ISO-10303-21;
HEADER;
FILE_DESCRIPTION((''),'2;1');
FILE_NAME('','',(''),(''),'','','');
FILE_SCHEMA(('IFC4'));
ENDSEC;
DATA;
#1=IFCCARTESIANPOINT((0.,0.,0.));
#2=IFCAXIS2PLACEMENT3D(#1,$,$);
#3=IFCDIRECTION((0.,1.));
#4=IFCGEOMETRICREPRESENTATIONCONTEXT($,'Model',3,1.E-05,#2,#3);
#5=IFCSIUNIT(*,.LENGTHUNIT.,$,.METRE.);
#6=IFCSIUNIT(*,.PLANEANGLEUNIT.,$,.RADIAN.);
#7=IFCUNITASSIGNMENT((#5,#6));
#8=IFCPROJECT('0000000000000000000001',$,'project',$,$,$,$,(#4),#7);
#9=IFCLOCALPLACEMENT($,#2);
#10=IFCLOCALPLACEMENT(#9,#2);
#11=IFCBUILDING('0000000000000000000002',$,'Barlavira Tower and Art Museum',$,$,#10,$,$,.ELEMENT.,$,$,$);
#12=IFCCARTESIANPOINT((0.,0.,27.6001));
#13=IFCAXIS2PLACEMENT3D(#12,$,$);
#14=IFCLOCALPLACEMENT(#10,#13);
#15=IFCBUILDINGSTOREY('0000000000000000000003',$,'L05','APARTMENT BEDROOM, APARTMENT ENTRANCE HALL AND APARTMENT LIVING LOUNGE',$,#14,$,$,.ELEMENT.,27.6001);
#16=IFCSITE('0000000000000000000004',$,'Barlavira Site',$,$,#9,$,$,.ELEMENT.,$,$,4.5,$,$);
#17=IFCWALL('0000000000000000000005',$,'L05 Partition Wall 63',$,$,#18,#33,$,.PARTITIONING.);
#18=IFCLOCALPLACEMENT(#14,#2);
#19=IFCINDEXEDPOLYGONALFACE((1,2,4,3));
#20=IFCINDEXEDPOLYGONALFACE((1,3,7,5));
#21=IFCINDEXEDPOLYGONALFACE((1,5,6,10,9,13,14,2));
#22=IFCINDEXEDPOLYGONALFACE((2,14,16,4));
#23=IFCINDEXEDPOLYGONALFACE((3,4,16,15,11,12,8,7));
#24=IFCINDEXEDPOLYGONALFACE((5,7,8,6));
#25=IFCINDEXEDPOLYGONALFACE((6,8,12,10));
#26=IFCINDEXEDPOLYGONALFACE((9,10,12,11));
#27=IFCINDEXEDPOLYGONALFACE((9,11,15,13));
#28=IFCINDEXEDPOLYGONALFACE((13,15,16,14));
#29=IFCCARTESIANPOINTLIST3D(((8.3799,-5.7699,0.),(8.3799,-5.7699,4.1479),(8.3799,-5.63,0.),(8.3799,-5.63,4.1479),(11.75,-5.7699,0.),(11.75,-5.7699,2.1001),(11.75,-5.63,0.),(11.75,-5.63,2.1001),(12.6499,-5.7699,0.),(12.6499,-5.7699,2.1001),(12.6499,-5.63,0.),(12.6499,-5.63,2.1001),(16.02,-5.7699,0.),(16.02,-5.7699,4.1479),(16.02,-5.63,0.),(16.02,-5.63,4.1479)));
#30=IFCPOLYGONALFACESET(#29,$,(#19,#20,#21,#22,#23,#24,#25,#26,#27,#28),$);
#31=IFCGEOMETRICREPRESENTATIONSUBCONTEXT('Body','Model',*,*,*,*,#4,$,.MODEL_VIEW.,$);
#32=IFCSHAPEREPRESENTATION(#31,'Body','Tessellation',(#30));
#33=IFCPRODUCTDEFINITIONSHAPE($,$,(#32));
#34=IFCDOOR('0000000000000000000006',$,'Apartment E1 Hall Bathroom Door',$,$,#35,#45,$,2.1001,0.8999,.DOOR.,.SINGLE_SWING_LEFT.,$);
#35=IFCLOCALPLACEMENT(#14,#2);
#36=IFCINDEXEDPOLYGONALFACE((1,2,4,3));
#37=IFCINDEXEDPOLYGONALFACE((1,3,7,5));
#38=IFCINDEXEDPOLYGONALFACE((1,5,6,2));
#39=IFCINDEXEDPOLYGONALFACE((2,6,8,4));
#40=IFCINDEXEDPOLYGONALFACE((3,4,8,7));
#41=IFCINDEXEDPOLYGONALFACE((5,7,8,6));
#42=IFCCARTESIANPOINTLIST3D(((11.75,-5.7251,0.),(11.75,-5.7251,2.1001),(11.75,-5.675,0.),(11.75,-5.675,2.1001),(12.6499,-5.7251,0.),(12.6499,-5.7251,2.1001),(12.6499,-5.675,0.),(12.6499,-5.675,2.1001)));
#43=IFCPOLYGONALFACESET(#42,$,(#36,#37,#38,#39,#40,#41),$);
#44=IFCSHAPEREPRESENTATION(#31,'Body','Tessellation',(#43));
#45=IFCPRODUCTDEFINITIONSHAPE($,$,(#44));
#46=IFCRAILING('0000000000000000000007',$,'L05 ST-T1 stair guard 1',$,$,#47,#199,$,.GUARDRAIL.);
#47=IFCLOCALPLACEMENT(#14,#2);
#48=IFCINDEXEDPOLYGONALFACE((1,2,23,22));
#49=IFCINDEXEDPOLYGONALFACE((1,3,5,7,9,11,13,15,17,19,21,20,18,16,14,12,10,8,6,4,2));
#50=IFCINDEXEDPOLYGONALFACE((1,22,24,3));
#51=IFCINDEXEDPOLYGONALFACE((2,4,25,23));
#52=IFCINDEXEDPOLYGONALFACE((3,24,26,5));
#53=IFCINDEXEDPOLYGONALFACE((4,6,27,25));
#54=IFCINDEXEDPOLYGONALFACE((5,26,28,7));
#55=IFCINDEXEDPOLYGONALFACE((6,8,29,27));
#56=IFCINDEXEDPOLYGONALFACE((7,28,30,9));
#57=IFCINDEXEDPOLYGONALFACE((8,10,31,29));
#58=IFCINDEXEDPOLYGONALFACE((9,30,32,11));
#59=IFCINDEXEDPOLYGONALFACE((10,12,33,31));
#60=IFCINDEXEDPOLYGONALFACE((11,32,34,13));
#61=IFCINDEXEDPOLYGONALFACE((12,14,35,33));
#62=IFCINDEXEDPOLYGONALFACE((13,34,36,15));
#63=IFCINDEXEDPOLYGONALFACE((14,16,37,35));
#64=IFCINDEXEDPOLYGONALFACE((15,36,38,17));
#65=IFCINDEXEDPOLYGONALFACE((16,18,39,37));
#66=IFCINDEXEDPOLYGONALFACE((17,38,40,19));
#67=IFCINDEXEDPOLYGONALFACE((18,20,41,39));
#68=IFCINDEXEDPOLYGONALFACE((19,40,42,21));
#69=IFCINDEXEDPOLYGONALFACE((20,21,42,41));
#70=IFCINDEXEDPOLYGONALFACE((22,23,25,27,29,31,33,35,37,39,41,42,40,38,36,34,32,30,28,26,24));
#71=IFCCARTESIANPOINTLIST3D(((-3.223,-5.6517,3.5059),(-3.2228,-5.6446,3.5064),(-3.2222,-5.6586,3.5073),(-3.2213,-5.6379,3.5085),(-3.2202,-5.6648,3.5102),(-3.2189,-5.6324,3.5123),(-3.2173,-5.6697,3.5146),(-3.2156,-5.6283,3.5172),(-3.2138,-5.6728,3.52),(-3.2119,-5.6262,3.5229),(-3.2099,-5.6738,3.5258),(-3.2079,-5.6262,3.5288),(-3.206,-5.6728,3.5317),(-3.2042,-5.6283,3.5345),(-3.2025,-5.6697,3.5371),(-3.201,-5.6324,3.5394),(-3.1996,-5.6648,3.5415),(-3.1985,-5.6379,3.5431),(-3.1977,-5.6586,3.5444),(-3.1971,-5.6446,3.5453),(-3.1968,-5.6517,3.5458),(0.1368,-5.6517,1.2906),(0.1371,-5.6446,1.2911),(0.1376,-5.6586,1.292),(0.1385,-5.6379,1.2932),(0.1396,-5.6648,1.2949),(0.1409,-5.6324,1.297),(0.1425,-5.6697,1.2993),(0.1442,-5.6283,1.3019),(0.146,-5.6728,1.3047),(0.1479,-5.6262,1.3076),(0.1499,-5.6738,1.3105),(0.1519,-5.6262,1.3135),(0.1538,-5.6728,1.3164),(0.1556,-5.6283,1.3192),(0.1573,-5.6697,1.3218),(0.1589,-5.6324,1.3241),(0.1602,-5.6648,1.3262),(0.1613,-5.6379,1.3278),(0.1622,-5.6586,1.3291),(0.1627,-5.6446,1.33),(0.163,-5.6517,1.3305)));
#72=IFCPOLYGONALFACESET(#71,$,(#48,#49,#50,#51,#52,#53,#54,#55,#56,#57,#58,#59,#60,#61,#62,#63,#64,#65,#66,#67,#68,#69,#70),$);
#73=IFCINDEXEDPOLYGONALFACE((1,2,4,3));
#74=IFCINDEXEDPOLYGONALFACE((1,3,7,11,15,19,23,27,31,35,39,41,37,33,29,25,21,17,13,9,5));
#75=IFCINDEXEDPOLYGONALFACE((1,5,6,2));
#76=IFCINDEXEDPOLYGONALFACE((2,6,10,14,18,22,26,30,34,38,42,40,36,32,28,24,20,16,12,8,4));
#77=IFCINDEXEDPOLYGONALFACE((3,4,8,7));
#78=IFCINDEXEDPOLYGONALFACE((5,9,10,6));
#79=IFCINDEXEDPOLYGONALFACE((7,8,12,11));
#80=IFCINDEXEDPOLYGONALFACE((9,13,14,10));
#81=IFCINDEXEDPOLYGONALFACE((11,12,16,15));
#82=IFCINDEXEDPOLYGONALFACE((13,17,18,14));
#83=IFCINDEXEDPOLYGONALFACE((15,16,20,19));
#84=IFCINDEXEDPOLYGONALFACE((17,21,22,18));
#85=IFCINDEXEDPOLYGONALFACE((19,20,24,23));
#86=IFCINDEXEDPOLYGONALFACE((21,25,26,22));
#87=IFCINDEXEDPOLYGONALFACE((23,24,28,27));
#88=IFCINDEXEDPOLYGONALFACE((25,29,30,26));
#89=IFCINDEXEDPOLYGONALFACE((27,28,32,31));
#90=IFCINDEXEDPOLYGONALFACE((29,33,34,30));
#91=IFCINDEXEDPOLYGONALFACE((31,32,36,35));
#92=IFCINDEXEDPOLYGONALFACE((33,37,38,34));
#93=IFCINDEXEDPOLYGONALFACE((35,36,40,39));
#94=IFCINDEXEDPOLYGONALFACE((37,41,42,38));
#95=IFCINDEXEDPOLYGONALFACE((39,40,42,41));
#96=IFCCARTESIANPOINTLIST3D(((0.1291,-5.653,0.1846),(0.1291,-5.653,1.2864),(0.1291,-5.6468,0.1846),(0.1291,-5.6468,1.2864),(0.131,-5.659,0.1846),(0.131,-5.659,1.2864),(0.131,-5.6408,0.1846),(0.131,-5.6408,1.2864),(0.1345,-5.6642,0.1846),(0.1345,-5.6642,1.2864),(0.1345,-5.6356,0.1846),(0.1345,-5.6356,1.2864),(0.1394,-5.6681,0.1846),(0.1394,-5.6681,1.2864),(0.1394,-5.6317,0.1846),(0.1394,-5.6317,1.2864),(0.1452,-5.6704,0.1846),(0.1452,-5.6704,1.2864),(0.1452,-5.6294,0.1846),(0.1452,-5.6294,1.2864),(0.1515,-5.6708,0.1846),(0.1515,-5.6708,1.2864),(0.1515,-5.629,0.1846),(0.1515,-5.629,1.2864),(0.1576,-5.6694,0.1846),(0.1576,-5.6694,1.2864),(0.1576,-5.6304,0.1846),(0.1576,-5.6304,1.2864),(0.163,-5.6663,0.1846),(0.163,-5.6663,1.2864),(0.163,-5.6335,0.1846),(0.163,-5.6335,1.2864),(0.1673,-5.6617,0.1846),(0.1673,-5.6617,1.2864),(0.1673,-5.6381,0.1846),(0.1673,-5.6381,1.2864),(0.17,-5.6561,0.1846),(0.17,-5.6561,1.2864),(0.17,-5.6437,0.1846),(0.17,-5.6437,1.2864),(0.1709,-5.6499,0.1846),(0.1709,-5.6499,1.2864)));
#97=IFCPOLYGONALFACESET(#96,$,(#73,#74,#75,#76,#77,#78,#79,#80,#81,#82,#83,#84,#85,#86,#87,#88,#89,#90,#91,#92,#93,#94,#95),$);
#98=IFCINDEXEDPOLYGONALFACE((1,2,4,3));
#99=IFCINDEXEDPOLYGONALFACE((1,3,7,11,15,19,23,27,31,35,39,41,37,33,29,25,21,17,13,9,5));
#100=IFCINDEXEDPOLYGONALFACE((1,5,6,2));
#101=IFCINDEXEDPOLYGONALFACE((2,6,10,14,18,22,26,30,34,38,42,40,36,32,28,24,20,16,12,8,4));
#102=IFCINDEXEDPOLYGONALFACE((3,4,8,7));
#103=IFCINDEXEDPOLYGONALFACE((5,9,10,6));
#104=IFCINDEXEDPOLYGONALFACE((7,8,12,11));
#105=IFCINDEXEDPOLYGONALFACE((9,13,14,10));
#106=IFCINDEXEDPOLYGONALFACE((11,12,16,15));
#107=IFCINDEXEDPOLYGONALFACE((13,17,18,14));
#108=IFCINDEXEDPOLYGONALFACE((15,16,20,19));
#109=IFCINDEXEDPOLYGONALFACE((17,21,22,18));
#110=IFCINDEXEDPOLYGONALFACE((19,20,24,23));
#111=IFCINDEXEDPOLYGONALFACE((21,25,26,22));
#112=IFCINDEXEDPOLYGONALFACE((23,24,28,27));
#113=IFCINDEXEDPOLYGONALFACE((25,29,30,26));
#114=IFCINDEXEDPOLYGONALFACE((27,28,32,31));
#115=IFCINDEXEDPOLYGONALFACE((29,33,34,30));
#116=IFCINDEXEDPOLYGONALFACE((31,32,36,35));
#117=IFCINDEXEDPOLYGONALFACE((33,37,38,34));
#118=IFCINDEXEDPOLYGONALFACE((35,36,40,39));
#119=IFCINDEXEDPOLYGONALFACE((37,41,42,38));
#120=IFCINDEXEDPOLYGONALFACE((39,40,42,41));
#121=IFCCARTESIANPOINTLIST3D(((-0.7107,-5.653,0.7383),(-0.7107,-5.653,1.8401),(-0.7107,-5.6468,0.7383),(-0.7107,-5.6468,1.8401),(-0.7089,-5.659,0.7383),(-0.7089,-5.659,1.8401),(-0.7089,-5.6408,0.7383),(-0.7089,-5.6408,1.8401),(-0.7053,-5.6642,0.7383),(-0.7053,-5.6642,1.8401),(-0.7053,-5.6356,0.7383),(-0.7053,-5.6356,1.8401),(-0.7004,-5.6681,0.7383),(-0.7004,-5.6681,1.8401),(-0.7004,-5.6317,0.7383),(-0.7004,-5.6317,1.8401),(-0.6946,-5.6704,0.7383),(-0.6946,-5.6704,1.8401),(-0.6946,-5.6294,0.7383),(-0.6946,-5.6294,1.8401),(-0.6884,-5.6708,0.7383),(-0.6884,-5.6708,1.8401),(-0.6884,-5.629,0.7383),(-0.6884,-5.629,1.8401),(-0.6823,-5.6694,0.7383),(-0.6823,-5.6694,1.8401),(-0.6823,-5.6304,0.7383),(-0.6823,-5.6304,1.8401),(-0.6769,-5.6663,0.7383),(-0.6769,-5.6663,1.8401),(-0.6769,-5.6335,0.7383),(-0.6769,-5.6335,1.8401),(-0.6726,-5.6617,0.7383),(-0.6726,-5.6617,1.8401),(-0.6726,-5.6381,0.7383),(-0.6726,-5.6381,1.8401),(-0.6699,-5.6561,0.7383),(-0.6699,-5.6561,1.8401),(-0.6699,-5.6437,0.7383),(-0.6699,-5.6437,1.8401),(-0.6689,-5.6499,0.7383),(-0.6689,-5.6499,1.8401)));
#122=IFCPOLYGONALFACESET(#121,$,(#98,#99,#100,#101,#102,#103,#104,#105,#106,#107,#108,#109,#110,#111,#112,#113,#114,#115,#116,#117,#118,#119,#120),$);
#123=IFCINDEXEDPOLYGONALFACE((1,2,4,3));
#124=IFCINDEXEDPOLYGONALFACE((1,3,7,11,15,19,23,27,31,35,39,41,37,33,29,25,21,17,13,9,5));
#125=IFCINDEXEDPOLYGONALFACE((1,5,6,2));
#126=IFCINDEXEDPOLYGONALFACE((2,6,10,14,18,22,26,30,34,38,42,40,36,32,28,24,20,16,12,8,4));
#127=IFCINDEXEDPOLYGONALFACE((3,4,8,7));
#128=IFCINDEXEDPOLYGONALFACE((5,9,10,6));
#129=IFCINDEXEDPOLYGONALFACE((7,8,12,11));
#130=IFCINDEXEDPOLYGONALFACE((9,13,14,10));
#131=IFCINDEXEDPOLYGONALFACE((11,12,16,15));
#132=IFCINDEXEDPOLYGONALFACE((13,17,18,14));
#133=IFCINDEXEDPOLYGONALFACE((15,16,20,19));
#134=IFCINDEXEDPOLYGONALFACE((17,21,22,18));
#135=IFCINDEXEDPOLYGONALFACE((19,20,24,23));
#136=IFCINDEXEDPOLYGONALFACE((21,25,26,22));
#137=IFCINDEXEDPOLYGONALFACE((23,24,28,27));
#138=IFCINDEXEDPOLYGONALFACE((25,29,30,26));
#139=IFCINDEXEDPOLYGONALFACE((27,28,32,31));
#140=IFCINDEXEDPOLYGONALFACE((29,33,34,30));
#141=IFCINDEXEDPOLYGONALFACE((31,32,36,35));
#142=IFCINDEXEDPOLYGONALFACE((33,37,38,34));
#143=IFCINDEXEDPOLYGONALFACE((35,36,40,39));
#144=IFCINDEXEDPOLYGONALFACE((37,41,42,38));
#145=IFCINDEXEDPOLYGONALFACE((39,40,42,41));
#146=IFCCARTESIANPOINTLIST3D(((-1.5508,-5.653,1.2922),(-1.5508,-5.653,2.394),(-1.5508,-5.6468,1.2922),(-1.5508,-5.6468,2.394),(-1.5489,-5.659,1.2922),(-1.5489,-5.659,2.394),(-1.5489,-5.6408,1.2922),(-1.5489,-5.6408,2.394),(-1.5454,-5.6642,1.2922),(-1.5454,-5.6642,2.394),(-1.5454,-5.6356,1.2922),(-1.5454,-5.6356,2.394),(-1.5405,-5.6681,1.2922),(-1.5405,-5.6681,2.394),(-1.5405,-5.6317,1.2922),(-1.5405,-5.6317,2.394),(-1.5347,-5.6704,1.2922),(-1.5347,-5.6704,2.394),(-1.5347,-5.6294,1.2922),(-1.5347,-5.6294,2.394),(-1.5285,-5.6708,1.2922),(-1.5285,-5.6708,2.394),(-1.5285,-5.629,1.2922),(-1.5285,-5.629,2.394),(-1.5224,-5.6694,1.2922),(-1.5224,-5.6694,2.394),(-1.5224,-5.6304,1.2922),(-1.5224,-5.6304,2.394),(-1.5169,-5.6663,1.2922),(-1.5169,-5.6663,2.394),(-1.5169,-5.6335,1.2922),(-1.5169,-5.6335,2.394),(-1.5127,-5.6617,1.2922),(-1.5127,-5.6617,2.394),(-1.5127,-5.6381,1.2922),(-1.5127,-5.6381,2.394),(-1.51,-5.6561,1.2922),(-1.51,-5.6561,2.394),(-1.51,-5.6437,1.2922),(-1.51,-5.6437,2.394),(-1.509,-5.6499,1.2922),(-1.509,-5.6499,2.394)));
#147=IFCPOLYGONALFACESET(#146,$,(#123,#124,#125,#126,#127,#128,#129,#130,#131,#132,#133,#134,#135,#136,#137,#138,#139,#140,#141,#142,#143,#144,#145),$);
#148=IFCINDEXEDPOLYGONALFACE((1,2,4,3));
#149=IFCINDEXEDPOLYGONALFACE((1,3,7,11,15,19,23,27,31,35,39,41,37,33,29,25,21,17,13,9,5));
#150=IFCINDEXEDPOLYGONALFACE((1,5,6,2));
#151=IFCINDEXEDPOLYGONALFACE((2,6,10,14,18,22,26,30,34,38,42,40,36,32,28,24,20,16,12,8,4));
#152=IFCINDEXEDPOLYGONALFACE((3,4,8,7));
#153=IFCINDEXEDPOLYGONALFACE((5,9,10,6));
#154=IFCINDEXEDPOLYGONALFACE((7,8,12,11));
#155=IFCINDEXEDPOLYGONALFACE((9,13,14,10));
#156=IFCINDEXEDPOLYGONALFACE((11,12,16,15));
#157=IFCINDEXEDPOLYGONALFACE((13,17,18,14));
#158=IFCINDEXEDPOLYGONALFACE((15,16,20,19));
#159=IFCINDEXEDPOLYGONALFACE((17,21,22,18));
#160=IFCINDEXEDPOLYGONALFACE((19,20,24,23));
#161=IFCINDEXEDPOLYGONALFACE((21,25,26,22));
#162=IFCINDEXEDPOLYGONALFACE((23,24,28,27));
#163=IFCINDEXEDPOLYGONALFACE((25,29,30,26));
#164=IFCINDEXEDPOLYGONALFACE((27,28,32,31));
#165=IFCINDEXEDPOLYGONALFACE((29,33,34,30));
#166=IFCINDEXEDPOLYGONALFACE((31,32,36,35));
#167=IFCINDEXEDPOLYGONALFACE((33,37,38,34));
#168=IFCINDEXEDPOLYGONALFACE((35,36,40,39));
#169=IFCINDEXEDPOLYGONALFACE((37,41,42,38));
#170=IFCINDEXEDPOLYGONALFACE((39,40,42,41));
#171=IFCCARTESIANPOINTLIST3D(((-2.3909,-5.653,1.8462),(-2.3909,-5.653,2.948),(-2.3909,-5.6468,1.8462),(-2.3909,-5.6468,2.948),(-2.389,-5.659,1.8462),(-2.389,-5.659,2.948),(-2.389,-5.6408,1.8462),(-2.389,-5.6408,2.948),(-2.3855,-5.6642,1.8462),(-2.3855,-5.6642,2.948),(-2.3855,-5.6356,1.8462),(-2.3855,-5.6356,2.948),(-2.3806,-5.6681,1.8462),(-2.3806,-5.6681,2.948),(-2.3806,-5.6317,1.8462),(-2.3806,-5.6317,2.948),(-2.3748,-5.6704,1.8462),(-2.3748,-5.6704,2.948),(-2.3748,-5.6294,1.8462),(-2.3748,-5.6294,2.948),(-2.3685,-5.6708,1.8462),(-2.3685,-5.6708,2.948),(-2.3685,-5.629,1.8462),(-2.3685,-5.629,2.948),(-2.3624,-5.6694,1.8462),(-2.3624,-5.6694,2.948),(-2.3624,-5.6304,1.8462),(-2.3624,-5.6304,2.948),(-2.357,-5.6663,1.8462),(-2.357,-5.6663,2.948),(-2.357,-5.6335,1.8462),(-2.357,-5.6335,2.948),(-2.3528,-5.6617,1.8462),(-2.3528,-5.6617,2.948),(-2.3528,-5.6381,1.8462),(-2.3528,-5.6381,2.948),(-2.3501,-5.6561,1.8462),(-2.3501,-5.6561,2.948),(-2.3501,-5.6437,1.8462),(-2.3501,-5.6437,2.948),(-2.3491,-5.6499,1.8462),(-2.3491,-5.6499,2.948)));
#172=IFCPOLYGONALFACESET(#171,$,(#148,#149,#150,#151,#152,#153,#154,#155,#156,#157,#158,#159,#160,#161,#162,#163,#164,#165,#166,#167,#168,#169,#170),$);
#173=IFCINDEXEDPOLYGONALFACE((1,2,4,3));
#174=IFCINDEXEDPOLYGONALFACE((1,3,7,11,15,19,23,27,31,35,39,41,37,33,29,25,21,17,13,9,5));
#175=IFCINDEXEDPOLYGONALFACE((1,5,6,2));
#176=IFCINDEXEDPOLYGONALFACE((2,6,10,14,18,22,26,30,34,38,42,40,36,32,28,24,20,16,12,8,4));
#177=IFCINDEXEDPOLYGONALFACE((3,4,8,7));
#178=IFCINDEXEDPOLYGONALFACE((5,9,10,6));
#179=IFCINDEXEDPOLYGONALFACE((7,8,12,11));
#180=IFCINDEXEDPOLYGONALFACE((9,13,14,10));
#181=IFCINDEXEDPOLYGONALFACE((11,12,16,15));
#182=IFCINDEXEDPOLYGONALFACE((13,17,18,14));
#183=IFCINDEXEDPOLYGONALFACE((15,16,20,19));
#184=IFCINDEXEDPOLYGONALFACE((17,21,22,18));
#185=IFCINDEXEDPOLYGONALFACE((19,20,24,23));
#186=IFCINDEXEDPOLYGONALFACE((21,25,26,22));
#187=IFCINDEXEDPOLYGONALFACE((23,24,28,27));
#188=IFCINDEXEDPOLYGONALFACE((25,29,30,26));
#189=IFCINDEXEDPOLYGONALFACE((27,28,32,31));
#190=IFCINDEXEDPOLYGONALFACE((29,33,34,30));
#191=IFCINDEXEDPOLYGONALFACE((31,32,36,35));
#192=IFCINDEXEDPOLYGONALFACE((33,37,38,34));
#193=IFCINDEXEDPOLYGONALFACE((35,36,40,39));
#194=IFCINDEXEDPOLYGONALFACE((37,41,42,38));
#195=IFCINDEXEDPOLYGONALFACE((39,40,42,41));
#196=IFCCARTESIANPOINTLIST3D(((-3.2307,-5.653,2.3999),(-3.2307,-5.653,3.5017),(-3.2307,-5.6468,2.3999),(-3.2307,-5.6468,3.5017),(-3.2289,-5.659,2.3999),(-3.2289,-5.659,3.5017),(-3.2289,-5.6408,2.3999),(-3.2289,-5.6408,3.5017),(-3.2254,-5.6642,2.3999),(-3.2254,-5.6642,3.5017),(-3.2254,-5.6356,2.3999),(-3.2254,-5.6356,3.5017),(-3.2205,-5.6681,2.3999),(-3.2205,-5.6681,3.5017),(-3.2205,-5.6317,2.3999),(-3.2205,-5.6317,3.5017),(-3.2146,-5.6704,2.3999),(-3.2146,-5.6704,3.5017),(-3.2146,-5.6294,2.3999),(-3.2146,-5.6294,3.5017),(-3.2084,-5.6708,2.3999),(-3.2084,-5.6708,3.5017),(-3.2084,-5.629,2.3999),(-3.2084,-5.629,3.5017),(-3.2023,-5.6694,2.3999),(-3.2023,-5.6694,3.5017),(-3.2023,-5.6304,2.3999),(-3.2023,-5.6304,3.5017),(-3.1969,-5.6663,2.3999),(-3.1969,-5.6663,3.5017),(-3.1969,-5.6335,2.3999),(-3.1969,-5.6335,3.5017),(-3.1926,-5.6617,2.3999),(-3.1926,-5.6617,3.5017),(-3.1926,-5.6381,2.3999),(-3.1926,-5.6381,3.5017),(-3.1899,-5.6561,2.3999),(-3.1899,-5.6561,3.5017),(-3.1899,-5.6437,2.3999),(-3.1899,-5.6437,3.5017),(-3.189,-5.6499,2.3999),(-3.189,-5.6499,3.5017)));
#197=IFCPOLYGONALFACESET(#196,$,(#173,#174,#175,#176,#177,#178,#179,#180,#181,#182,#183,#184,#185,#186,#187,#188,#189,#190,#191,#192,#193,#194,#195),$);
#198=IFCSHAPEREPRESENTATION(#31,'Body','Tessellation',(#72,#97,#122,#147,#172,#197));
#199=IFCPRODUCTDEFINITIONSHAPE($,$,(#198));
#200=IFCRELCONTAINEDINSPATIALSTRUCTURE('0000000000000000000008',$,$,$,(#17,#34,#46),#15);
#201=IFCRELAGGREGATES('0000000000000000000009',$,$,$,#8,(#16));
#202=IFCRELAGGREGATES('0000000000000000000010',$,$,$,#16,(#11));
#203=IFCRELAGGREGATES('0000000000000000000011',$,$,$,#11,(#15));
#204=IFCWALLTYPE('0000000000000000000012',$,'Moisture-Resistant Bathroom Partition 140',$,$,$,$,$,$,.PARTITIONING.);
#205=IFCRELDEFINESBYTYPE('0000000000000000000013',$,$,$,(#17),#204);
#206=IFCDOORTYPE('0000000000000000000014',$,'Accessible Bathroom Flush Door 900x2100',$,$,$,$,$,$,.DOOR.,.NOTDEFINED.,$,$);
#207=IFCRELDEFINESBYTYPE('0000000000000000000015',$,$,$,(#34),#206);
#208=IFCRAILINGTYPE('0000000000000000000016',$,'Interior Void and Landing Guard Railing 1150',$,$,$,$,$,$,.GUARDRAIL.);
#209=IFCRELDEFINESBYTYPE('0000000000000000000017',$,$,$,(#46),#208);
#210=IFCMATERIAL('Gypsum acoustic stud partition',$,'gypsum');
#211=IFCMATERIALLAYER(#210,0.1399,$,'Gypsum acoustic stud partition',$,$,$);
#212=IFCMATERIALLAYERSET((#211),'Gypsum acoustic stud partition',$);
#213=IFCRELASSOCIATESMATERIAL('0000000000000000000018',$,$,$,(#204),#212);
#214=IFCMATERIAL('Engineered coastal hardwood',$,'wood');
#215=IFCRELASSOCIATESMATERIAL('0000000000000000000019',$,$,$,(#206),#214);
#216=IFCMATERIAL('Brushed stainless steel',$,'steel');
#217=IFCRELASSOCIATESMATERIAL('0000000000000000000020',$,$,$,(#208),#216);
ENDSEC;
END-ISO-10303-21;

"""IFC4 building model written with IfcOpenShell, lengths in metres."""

from ifc_helpers import new_model, si_unit, direction, frame, frame_2d, origin, origin_2d, place, context, subcontext, project, spatial, rectangle, circle, extrude, material, layer, layer_set, type_object, element, fill, save


model = new_model("IFC4")

# Units and contexts
model_context = context("Model", 3, precision=1e-05, world=origin(), true_north=direction((0.0, 1.0)))
body_context = subcontext(model_context, "Body", "Model", "MODEL_VIEW")
ifc_project = project(units=[si_unit("LENGTHUNIT", "METRE"), si_unit("PLANEANGLEUNIT", "RADIAN")], contexts=[model_context])

# Site, building, storey
site_placement = place(None, origin())
site = spatial("IfcSite", under=ifc_project, at=site_placement, Name="Barlavira Site", CompositionType="ELEMENT", RefElevation=4.5)
building_placement = place(site_placement, origin())
building = spatial("IfcBuilding", under=site, at=building_placement, Name="Barlavira Tower and Art Museum", CompositionType="ELEMENT")
storey_placement = place(building_placement, frame((0.0, 0.0, 27.6001)))
storey = spatial("IfcBuildingStorey", under=building, at=storey_placement, Name="L05", Description="APARTMENT BEDROOM, APARTMENT ENTRANCE HALL AND APARTMENT LIVING LOUNGE", CompositionType="ELEMENT", Elevation=27.6001)

# Shared definitions
ifc_material_1 = material(Name="Gypsum acoustic stud partition", Category="gypsum")
ifc_material_2 = material(Name="Engineered coastal hardwood", Category="wood")
ifc_material_3 = material(Name="Brushed stainless steel", Category="steel")

# Wall, opening, door
ifc_layer_1 = layer(ifc_material_1, 0.1399, Name="Gypsum acoustic stud partition")
ifc_layer_set_1 = layer_set([ifc_layer_1], Name="Gypsum acoustic stud partition")
wall_type_1 = type_object("IfcWallType", Name="Moisture-Resistant Bathroom Partition 140", PredefinedType="PARTITIONING", material=ifc_layer_set_1)
wall_1_placement = place(storey_placement, frame((8.3799, -5.7, 0.0), z_axis=(0.0, 0.0, 1.0), x_axis=(1.0, 0.0, 0.0)))
wall_1 = element("IfcWall", 1, at=wall_1_placement, inside=storey, type_object=wall_type_1, Name="L05 Partition Wall 63", PredefinedType="PARTITIONING", context=body_context, shape_type="SweptSolid", body=[
    extrude(rectangle(XDim=7.6401, YDim=0.1399, at=frame_2d((3.8201, 0.0))), origin(), (0.0, 0.0, 1.0), 4.1479),
])
opening_1_placement = place(wall_1_placement, frame((3.3701, 0.0, 0.0)))
opening_1 = element("IfcOpeningElement", 2, at=opening_1_placement, cuts=wall_1, PredefinedType="OPENING", context=body_context, shape_type="SweptSolid", body=[
    extrude(rectangle(XDim=0.8999, YDim=2.1001, at=frame_2d((0.45, 1.05))), frame((0.0, 0.0801, 0.0), z_axis=(0.0, -1.0, 0.0), x_axis=(1.0, 0.0, 0.0)), (0.0, 0.0, 1.0), 0.1599),
])
door_type_1 = type_object("IfcDoorType", Name="Accessible Bathroom Flush Door 900x2100", OperationType="NOTDEFINED", PredefinedType="DOOR", material=ifc_material_2)
door_1_placement = place(opening_1_placement, origin())
door_1 = element("IfcDoor", 3, at=door_1_placement, inside=storey, type_object=door_type_1, Name="Apartment E1 Hall Bathroom Door", OperationType="SINGLE_SWING_LEFT", OverallHeight=2.1001, OverallWidth=0.8999, PredefinedType="DOOR", context=body_context, shape_type="SweptSolid", body=[
    extrude(rectangle(XDim=0.8999, YDim=2.1001, at=frame_2d((0.45, 1.05))), frame((0.0, 0.0249, 0.0), z_axis=(0.0, -1.0, 0.0), x_axis=(1.0, 0.0, 0.0)), (0.0, 0.0, 1.0), 0.05),
])
fill(opening_1, door_1)

# Railing
railing_type_1 = type_object("IfcRailingType", Name="Interior Void and Landing Guard Railing 1150", PredefinedType="GUARDRAIL", material=ifc_material_3)
railing_1_placement = place(storey_placement, frame((0.1499, -5.6499, 0.1846)))
element("IfcRailing", 4, at=railing_1_placement, inside=storey, type_object=railing_type_1, Name="L05 ST-T1 stair guard 1", PredefinedType="GUARDRAIL", context=body_context, shape_type="SweptSolid", body=[
    extrude(circle(Radius=0.0239, at=origin_2d()), frame((0.0, 0.0, 1.126), z_axis=(-0.834858, 0.0, 0.550465), x_axis=(0.0, -1.0, 0.0)), (0.0, 0.0, 1.0), 4.0244),
    extrude(circle(Radius=0.021, at=origin_2d()), origin(), (0.0, 0.0, 1.0), 1.1018),
    extrude(circle(Radius=0.021, at=origin_2d()), frame((-0.8398, 0.0, 0.5537)), (0.0, 0.0, 1.0), 1.1018),
    extrude(circle(Radius=0.021, at=origin_2d()), frame((-1.6799, 0.0, 1.1077)), (0.0, 0.0, 1.0), 1.1018),
    extrude(circle(Radius=0.021, at=origin_2d()), frame((-2.52, 0.0, 1.6616)), (0.0, 0.0, 1.0), 1.1018),
    extrude(circle(Radius=0.021, at=origin_2d()), frame((-3.3599, 0.0, 2.2153)), (0.0, 0.0, 1.0), 1.1018),
])

save(model, "model.ifc")
